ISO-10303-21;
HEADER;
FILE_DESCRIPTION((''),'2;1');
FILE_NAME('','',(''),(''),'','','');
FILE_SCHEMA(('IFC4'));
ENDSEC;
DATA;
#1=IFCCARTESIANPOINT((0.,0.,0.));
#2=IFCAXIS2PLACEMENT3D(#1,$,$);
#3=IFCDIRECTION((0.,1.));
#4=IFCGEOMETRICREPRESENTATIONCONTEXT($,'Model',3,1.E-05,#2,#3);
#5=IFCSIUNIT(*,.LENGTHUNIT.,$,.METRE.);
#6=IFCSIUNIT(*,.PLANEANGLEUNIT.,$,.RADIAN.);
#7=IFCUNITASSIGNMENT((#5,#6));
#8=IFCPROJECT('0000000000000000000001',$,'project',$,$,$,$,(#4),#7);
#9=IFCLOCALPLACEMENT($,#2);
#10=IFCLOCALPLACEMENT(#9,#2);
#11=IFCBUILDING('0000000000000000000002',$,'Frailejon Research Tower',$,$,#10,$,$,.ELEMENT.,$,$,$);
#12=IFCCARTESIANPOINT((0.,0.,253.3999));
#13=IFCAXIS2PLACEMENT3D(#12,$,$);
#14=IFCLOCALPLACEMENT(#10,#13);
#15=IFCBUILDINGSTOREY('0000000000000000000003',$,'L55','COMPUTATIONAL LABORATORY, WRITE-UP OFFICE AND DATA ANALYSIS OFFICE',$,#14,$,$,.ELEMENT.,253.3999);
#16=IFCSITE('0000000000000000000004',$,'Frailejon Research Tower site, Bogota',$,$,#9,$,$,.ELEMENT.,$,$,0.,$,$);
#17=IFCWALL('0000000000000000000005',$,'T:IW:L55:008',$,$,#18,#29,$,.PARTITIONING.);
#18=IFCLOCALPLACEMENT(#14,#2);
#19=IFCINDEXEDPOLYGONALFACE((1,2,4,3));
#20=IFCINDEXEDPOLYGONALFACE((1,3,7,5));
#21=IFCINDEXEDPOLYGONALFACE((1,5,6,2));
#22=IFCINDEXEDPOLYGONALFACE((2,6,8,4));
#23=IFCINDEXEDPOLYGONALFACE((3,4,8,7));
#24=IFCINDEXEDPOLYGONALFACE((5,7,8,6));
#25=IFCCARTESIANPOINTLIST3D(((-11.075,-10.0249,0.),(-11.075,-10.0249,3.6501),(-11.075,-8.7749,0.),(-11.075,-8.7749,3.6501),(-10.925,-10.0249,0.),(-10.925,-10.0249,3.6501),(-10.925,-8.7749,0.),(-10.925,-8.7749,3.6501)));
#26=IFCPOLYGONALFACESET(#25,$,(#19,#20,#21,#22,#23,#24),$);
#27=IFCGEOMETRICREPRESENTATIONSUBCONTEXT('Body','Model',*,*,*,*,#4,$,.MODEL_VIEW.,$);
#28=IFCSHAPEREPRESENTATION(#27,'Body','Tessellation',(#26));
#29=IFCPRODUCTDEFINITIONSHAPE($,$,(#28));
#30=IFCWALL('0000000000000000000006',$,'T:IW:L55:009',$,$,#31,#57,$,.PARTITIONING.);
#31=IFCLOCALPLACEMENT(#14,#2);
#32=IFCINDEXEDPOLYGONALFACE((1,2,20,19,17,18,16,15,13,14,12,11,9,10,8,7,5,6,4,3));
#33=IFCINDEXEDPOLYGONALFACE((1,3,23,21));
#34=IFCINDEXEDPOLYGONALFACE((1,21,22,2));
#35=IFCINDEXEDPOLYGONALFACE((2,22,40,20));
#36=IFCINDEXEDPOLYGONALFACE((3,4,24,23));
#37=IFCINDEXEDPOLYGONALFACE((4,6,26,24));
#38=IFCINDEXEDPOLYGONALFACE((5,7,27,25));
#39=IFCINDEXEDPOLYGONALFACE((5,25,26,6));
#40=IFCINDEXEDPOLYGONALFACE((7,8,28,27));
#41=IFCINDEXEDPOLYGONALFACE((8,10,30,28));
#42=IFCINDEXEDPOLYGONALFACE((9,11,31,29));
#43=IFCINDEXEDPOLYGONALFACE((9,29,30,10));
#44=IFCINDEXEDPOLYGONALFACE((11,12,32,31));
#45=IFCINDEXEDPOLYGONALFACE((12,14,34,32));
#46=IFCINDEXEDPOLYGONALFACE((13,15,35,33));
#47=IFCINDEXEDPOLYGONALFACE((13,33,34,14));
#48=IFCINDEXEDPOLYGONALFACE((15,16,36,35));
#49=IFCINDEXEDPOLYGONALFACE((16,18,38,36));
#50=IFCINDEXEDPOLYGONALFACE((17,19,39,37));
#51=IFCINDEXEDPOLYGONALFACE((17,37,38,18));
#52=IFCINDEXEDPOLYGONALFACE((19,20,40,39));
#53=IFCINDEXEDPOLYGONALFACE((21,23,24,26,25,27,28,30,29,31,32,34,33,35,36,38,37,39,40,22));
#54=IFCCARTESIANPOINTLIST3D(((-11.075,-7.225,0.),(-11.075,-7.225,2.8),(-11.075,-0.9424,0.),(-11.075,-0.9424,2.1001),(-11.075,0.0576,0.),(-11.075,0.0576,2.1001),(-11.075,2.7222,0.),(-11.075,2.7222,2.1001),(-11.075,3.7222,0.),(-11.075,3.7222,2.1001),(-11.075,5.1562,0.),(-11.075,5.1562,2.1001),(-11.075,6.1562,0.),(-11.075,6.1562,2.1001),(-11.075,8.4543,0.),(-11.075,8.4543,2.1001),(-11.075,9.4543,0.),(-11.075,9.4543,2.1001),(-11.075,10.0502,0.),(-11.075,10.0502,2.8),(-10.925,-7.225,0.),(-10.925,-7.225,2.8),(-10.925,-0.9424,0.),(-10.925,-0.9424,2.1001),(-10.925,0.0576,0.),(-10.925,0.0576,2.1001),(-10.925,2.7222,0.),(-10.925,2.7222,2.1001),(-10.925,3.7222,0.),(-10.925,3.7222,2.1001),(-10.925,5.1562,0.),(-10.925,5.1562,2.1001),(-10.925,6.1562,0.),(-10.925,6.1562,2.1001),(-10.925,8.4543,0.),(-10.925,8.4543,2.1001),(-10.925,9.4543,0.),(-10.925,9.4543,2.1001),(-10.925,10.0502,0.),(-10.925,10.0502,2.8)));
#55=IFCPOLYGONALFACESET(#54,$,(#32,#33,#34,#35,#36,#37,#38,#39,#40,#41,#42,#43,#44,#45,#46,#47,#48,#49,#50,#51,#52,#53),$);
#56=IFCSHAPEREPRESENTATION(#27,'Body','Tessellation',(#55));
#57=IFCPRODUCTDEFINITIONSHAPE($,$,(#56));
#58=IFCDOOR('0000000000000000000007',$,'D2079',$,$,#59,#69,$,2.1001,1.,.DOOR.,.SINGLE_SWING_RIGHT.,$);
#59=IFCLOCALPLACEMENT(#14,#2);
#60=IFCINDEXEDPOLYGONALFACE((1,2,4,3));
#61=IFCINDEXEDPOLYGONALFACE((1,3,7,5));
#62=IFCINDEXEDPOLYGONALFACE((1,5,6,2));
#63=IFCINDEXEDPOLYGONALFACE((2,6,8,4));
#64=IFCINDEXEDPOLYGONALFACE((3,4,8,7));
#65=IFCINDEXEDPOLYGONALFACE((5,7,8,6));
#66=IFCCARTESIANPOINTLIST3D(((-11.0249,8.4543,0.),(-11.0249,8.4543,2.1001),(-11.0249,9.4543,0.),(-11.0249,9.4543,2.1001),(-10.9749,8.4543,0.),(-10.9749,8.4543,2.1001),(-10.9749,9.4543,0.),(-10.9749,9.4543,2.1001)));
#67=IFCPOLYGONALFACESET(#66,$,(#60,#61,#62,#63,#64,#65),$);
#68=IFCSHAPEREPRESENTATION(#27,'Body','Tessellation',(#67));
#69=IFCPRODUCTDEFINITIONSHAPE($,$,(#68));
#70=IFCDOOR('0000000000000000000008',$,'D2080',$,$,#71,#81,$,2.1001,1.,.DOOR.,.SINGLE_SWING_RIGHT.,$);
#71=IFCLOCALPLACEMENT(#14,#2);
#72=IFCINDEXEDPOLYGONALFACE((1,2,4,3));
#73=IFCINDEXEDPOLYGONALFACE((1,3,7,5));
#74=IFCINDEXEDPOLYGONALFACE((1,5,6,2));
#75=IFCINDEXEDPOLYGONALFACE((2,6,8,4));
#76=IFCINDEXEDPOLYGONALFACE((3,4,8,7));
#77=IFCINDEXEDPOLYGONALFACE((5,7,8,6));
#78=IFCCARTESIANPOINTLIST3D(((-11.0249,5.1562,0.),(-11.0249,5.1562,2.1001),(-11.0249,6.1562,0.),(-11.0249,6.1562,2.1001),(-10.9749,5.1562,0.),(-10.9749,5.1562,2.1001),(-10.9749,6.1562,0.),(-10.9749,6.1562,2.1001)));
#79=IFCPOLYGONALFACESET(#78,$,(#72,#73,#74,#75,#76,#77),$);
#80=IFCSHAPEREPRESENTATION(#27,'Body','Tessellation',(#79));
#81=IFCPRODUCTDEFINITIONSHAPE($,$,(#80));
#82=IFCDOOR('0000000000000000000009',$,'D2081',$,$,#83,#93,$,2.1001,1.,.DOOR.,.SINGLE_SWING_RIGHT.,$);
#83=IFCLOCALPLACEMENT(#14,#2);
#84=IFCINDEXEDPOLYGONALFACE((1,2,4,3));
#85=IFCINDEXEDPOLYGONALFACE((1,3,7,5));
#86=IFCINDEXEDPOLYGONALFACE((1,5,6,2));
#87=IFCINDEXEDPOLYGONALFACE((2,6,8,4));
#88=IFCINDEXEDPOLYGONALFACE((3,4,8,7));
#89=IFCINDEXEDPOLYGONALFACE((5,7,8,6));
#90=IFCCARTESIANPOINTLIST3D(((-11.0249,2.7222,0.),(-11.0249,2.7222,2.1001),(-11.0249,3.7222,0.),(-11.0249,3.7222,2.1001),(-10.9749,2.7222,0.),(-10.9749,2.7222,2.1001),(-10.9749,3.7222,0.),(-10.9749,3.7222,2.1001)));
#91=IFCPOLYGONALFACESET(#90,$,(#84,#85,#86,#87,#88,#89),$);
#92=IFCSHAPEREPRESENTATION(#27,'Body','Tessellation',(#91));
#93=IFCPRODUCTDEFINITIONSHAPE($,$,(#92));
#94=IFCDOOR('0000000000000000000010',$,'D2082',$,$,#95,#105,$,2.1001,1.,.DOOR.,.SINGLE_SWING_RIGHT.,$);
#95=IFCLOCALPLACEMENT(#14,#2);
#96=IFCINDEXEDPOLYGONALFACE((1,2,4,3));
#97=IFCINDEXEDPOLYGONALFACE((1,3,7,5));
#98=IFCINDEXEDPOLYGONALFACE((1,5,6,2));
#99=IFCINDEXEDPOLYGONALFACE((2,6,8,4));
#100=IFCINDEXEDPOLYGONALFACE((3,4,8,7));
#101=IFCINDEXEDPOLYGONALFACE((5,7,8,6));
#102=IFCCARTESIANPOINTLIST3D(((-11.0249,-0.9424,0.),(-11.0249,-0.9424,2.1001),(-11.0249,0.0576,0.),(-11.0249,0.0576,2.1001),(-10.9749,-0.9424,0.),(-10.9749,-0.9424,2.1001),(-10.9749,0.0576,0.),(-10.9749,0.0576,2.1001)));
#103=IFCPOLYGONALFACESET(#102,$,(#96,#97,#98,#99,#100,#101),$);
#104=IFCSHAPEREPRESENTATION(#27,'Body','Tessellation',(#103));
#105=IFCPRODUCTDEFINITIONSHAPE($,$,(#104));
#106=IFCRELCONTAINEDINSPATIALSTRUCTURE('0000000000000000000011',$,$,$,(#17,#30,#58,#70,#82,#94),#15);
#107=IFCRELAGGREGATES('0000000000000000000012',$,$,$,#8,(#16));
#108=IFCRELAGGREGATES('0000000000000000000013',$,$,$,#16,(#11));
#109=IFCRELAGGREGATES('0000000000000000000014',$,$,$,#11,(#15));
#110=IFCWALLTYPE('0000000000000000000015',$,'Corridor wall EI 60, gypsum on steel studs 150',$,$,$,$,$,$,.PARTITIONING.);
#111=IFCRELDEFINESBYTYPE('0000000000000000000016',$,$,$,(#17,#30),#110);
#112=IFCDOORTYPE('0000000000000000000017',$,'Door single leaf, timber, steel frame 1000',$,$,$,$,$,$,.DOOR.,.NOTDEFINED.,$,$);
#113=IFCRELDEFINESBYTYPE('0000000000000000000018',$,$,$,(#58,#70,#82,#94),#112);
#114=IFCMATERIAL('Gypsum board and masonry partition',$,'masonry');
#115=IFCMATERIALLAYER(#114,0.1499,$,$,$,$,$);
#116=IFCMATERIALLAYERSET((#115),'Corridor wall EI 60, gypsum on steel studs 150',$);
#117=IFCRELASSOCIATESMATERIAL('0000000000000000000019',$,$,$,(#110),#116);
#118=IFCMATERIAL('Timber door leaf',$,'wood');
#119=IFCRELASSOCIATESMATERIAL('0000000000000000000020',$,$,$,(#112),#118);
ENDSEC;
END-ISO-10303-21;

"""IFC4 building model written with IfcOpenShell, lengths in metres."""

from ifc_helpers import new_model, si_unit, direction, frame, frame_2d, origin, place, context, subcontext, project, spatial, rectangle, extrude, material, layer, layer_set, type_object, element, fill, save


model = new_model("IFC4")

# Units and contexts
model_context = context("Model", 3, precision=1e-05, world=origin(), true_north=direction((0.0, 1.0)))
body_context = subcontext(model_context, "Body", "Model", "MODEL_VIEW")
ifc_project = project(units=[si_unit("LENGTHUNIT", "METRE"), si_unit("PLANEANGLEUNIT", "RADIAN")], contexts=[model_context])

# Site, building, storey
site_placement = place(None, origin())
site = spatial("IfcSite", under=ifc_project, at=site_placement, Name="Frailejon Research Tower site, Bogota", CompositionType="ELEMENT", RefElevation=0.0)
building_placement = place(site_placement, origin())
building = spatial("IfcBuilding", under=site, at=building_placement, Name="Frailejon Research Tower", CompositionType="ELEMENT")
storey_placement = place(building_placement, frame((0.0, 0.0, 253.3999)))
storey = spatial("IfcBuildingStorey", under=building, at=storey_placement, Name="L55", Description="COMPUTATIONAL LABORATORY, WRITE-UP OFFICE AND DATA ANALYSIS OFFICE", CompositionType="ELEMENT", Elevation=253.3999)

# Shared definitions
ifc_material_1 = material(Name="Gypsum board and masonry partition", Category="masonry")
ifc_layer_1 = layer(ifc_material_1, 0.1499)
ifc_layer_set_1 = layer_set([ifc_layer_1], Name="Corridor wall EI 60, gypsum on steel studs 150")
wall_type_1 = type_object("IfcWallType", Name="Corridor wall EI 60, gypsum on steel studs 150", PredefinedType="PARTITIONING", material=ifc_layer_set_1)
ifc_material_2 = material(Name="Timber door leaf", Category="wood")
door_type_1 = type_object("IfcDoorType", Name="Door single leaf, timber, steel frame 1000", OperationType="NOTDEFINED", PredefinedType="DOOR", material=ifc_material_2)

# Wall
wall_1_placement = place(storey_placement, frame((-11.0, -10.0249, 0.0), z_axis=(0.0, 0.0, 1.0), x_axis=(0.0, 1.0, 0.0)))
element("IfcWall", 1, at=wall_1_placement, inside=storey, type_object=wall_type_1, Name="T:IW:L55:008", PredefinedType="PARTITIONING", context=body_context, shape_type="SweptSolid", body=[
    extrude(rectangle(XDim=1.25, YDim=0.1499, at=frame_2d((0.625, 0.0))), origin(), (0.0, 0.0, 1.0), 3.6501),
])

# Wall, openings, doors
wall_2_placement = place(storey_placement, frame((-11.0, -7.2251, 0.0), z_axis=(0.0, 0.0, 1.0), x_axis=(0.0, 1.0, 0.0)))
wall_2 = element("IfcWall", 2, at=wall_2_placement, inside=storey, type_object=wall_type_1, Name="T:IW:L55:009", PredefinedType="PARTITIONING", context=body_context, shape_type="SweptSolid", body=[
    extrude(rectangle(XDim=17.2751, YDim=0.1499, at=frame_2d((8.6377, 0.0))), origin(), (0.0, 0.0, 1.0), 2.8),
])
opening_1_placement = place(wall_2_placement, frame((15.6794, 0.0, 0.0)))
opening_1 = element("IfcOpeningElement", 3, at=opening_1_placement, cuts=wall_2, PredefinedType="OPENING", context=body_context, shape_type="SweptSolid", body=[
    extrude(rectangle(XDim=1.0, YDim=2.1001, at=frame_2d((0.5, 1.05))), frame((0.0, 0.085, 0.0), z_axis=(0.0, -1.0, 0.0), x_axis=(1.0, 0.0, 0.0)), (0.0, 0.0, 1.0), 0.1699),
])
opening_2_placement = place(wall_2_placement, frame((12.3813, 0.0, 0.0)))
opening_2 = element("IfcOpeningElement", 4, at=opening_2_placement, cuts=wall_2, PredefinedType="OPENING", context=body_context, shape_type="SweptSolid", body=[
    extrude(rectangle(XDim=1.0, YDim=2.1001, at=frame_2d((0.5, 1.05))), frame((0.0, 0.085, 0.0), z_axis=(0.0, -1.0, 0.0), x_axis=(1.0, 0.0, 0.0)), (0.0, 0.0, 1.0), 0.1699),
])
opening_3_placement = place(wall_2_placement, frame((9.9473, 0.0, 0.0)))
opening_3 = element("IfcOpeningElement", 5, at=opening_3_placement, cuts=wall_2, PredefinedType="OPENING", context=body_context, shape_type="SweptSolid", body=[
    extrude(rectangle(XDim=1.0, YDim=2.1001, at=frame_2d((0.5, 1.05))), frame((0.0, 0.085, 0.0), z_axis=(0.0, -1.0, 0.0), x_axis=(1.0, 0.0, 0.0)), (0.0, 0.0, 1.0), 0.1699),
])
opening_4_placement = place(wall_2_placement, frame((6.2827, 0.0, 0.0)))
opening_4 = element("IfcOpeningElement", 6, at=opening_4_placement, cuts=wall_2, PredefinedType="OPENING", context=body_context, shape_type="SweptSolid", body=[
    extrude(rectangle(XDim=1.0, YDim=2.1001, at=frame_2d((0.5, 1.05))), frame((0.0, 0.085, 0.0), z_axis=(0.0, -1.0, 0.0), x_axis=(1.0, 0.0, 0.0)), (0.0, 0.0, 1.0), 0.1699),
])
door_1_placement = place(opening_1_placement, origin())
door_1 = element("IfcDoor", 7, at=door_1_placement, inside=storey, type_object=door_type_1, Name="D2079", OperationType="SINGLE_SWING_RIGHT", OverallHeight=2.1001, OverallWidth=1.0, PredefinedType="DOOR", context=body_context, shape_type="SweptSolid", body=[
    extrude(rectangle(XDim=1.0, YDim=2.1001, at=frame_2d((0.5, 1.05))), frame((0.0, 0.0249, 0.0), z_axis=(0.0, -1.0, 0.0), x_axis=(1.0, 0.0, 0.0)), (0.0, 0.0, 1.0), 0.05),
])
fill(opening_1, door_1)
door_2_placement = place(opening_2_placement, origin())
door_2 = element("IfcDoor", 8, at=door_2_placement, inside=storey, type_object=door_type_1, Name="D2080", OperationType="SINGLE_SWING_RIGHT", OverallHeight=2.1001, OverallWidth=1.0, PredefinedType="DOOR", context=body_context, shape_type="SweptSolid", body=[
    extrude(rectangle(XDim=1.0, YDim=2.1001, at=frame_2d((0.5, 1.05))), frame((0.0, 0.0249, 0.0), z_axis=(0.0, -1.0, 0.0), x_axis=(1.0, 0.0, 0.0)), (0.0, 0.0, 1.0), 0.05),
])
fill(opening_2, door_2)
door_3_placement = place(opening_3_placement, origin())
door_3 = element("IfcDoor", 9, at=door_3_placement, inside=storey, type_object=door_type_1, Name="D2081", OperationType="SINGLE_SWING_RIGHT", OverallHeight=2.1001, OverallWidth=1.0, PredefinedType="DOOR", context=body_context, shape_type="SweptSolid", body=[
    extrude(rectangle(XDim=1.0, YDim=2.1001, at=frame_2d((0.5, 1.05))), frame((0.0, 0.0249, 0.0), z_axis=(0.0, -1.0, 0.0), x_axis=(1.0, 0.0, 0.0)), (0.0, 0.0, 1.0), 0.05),
])
fill(opening_3, door_3)
door_4_placement = place(opening_4_placement, origin())
door_4 = element("IfcDoor", 10, at=door_4_placement, inside=storey, type_object=door_type_1, Name="D2082", OperationType="SINGLE_SWING_RIGHT", OverallHeight=2.1001, OverallWidth=1.0, PredefinedType="DOOR", context=body_context, shape_type="SweptSolid", body=[
    extrude(rectangle(XDim=1.0, YDim=2.1001, at=frame_2d((0.5, 1.05))), frame((0.0, 0.0249, 0.0), z_axis=(0.0, -1.0, 0.0), x_axis=(1.0, 0.0, 0.0)), (0.0, 0.0, 1.0), 0.05),
])
fill(opening_4, door_4)

save(model, "model.ifc")
